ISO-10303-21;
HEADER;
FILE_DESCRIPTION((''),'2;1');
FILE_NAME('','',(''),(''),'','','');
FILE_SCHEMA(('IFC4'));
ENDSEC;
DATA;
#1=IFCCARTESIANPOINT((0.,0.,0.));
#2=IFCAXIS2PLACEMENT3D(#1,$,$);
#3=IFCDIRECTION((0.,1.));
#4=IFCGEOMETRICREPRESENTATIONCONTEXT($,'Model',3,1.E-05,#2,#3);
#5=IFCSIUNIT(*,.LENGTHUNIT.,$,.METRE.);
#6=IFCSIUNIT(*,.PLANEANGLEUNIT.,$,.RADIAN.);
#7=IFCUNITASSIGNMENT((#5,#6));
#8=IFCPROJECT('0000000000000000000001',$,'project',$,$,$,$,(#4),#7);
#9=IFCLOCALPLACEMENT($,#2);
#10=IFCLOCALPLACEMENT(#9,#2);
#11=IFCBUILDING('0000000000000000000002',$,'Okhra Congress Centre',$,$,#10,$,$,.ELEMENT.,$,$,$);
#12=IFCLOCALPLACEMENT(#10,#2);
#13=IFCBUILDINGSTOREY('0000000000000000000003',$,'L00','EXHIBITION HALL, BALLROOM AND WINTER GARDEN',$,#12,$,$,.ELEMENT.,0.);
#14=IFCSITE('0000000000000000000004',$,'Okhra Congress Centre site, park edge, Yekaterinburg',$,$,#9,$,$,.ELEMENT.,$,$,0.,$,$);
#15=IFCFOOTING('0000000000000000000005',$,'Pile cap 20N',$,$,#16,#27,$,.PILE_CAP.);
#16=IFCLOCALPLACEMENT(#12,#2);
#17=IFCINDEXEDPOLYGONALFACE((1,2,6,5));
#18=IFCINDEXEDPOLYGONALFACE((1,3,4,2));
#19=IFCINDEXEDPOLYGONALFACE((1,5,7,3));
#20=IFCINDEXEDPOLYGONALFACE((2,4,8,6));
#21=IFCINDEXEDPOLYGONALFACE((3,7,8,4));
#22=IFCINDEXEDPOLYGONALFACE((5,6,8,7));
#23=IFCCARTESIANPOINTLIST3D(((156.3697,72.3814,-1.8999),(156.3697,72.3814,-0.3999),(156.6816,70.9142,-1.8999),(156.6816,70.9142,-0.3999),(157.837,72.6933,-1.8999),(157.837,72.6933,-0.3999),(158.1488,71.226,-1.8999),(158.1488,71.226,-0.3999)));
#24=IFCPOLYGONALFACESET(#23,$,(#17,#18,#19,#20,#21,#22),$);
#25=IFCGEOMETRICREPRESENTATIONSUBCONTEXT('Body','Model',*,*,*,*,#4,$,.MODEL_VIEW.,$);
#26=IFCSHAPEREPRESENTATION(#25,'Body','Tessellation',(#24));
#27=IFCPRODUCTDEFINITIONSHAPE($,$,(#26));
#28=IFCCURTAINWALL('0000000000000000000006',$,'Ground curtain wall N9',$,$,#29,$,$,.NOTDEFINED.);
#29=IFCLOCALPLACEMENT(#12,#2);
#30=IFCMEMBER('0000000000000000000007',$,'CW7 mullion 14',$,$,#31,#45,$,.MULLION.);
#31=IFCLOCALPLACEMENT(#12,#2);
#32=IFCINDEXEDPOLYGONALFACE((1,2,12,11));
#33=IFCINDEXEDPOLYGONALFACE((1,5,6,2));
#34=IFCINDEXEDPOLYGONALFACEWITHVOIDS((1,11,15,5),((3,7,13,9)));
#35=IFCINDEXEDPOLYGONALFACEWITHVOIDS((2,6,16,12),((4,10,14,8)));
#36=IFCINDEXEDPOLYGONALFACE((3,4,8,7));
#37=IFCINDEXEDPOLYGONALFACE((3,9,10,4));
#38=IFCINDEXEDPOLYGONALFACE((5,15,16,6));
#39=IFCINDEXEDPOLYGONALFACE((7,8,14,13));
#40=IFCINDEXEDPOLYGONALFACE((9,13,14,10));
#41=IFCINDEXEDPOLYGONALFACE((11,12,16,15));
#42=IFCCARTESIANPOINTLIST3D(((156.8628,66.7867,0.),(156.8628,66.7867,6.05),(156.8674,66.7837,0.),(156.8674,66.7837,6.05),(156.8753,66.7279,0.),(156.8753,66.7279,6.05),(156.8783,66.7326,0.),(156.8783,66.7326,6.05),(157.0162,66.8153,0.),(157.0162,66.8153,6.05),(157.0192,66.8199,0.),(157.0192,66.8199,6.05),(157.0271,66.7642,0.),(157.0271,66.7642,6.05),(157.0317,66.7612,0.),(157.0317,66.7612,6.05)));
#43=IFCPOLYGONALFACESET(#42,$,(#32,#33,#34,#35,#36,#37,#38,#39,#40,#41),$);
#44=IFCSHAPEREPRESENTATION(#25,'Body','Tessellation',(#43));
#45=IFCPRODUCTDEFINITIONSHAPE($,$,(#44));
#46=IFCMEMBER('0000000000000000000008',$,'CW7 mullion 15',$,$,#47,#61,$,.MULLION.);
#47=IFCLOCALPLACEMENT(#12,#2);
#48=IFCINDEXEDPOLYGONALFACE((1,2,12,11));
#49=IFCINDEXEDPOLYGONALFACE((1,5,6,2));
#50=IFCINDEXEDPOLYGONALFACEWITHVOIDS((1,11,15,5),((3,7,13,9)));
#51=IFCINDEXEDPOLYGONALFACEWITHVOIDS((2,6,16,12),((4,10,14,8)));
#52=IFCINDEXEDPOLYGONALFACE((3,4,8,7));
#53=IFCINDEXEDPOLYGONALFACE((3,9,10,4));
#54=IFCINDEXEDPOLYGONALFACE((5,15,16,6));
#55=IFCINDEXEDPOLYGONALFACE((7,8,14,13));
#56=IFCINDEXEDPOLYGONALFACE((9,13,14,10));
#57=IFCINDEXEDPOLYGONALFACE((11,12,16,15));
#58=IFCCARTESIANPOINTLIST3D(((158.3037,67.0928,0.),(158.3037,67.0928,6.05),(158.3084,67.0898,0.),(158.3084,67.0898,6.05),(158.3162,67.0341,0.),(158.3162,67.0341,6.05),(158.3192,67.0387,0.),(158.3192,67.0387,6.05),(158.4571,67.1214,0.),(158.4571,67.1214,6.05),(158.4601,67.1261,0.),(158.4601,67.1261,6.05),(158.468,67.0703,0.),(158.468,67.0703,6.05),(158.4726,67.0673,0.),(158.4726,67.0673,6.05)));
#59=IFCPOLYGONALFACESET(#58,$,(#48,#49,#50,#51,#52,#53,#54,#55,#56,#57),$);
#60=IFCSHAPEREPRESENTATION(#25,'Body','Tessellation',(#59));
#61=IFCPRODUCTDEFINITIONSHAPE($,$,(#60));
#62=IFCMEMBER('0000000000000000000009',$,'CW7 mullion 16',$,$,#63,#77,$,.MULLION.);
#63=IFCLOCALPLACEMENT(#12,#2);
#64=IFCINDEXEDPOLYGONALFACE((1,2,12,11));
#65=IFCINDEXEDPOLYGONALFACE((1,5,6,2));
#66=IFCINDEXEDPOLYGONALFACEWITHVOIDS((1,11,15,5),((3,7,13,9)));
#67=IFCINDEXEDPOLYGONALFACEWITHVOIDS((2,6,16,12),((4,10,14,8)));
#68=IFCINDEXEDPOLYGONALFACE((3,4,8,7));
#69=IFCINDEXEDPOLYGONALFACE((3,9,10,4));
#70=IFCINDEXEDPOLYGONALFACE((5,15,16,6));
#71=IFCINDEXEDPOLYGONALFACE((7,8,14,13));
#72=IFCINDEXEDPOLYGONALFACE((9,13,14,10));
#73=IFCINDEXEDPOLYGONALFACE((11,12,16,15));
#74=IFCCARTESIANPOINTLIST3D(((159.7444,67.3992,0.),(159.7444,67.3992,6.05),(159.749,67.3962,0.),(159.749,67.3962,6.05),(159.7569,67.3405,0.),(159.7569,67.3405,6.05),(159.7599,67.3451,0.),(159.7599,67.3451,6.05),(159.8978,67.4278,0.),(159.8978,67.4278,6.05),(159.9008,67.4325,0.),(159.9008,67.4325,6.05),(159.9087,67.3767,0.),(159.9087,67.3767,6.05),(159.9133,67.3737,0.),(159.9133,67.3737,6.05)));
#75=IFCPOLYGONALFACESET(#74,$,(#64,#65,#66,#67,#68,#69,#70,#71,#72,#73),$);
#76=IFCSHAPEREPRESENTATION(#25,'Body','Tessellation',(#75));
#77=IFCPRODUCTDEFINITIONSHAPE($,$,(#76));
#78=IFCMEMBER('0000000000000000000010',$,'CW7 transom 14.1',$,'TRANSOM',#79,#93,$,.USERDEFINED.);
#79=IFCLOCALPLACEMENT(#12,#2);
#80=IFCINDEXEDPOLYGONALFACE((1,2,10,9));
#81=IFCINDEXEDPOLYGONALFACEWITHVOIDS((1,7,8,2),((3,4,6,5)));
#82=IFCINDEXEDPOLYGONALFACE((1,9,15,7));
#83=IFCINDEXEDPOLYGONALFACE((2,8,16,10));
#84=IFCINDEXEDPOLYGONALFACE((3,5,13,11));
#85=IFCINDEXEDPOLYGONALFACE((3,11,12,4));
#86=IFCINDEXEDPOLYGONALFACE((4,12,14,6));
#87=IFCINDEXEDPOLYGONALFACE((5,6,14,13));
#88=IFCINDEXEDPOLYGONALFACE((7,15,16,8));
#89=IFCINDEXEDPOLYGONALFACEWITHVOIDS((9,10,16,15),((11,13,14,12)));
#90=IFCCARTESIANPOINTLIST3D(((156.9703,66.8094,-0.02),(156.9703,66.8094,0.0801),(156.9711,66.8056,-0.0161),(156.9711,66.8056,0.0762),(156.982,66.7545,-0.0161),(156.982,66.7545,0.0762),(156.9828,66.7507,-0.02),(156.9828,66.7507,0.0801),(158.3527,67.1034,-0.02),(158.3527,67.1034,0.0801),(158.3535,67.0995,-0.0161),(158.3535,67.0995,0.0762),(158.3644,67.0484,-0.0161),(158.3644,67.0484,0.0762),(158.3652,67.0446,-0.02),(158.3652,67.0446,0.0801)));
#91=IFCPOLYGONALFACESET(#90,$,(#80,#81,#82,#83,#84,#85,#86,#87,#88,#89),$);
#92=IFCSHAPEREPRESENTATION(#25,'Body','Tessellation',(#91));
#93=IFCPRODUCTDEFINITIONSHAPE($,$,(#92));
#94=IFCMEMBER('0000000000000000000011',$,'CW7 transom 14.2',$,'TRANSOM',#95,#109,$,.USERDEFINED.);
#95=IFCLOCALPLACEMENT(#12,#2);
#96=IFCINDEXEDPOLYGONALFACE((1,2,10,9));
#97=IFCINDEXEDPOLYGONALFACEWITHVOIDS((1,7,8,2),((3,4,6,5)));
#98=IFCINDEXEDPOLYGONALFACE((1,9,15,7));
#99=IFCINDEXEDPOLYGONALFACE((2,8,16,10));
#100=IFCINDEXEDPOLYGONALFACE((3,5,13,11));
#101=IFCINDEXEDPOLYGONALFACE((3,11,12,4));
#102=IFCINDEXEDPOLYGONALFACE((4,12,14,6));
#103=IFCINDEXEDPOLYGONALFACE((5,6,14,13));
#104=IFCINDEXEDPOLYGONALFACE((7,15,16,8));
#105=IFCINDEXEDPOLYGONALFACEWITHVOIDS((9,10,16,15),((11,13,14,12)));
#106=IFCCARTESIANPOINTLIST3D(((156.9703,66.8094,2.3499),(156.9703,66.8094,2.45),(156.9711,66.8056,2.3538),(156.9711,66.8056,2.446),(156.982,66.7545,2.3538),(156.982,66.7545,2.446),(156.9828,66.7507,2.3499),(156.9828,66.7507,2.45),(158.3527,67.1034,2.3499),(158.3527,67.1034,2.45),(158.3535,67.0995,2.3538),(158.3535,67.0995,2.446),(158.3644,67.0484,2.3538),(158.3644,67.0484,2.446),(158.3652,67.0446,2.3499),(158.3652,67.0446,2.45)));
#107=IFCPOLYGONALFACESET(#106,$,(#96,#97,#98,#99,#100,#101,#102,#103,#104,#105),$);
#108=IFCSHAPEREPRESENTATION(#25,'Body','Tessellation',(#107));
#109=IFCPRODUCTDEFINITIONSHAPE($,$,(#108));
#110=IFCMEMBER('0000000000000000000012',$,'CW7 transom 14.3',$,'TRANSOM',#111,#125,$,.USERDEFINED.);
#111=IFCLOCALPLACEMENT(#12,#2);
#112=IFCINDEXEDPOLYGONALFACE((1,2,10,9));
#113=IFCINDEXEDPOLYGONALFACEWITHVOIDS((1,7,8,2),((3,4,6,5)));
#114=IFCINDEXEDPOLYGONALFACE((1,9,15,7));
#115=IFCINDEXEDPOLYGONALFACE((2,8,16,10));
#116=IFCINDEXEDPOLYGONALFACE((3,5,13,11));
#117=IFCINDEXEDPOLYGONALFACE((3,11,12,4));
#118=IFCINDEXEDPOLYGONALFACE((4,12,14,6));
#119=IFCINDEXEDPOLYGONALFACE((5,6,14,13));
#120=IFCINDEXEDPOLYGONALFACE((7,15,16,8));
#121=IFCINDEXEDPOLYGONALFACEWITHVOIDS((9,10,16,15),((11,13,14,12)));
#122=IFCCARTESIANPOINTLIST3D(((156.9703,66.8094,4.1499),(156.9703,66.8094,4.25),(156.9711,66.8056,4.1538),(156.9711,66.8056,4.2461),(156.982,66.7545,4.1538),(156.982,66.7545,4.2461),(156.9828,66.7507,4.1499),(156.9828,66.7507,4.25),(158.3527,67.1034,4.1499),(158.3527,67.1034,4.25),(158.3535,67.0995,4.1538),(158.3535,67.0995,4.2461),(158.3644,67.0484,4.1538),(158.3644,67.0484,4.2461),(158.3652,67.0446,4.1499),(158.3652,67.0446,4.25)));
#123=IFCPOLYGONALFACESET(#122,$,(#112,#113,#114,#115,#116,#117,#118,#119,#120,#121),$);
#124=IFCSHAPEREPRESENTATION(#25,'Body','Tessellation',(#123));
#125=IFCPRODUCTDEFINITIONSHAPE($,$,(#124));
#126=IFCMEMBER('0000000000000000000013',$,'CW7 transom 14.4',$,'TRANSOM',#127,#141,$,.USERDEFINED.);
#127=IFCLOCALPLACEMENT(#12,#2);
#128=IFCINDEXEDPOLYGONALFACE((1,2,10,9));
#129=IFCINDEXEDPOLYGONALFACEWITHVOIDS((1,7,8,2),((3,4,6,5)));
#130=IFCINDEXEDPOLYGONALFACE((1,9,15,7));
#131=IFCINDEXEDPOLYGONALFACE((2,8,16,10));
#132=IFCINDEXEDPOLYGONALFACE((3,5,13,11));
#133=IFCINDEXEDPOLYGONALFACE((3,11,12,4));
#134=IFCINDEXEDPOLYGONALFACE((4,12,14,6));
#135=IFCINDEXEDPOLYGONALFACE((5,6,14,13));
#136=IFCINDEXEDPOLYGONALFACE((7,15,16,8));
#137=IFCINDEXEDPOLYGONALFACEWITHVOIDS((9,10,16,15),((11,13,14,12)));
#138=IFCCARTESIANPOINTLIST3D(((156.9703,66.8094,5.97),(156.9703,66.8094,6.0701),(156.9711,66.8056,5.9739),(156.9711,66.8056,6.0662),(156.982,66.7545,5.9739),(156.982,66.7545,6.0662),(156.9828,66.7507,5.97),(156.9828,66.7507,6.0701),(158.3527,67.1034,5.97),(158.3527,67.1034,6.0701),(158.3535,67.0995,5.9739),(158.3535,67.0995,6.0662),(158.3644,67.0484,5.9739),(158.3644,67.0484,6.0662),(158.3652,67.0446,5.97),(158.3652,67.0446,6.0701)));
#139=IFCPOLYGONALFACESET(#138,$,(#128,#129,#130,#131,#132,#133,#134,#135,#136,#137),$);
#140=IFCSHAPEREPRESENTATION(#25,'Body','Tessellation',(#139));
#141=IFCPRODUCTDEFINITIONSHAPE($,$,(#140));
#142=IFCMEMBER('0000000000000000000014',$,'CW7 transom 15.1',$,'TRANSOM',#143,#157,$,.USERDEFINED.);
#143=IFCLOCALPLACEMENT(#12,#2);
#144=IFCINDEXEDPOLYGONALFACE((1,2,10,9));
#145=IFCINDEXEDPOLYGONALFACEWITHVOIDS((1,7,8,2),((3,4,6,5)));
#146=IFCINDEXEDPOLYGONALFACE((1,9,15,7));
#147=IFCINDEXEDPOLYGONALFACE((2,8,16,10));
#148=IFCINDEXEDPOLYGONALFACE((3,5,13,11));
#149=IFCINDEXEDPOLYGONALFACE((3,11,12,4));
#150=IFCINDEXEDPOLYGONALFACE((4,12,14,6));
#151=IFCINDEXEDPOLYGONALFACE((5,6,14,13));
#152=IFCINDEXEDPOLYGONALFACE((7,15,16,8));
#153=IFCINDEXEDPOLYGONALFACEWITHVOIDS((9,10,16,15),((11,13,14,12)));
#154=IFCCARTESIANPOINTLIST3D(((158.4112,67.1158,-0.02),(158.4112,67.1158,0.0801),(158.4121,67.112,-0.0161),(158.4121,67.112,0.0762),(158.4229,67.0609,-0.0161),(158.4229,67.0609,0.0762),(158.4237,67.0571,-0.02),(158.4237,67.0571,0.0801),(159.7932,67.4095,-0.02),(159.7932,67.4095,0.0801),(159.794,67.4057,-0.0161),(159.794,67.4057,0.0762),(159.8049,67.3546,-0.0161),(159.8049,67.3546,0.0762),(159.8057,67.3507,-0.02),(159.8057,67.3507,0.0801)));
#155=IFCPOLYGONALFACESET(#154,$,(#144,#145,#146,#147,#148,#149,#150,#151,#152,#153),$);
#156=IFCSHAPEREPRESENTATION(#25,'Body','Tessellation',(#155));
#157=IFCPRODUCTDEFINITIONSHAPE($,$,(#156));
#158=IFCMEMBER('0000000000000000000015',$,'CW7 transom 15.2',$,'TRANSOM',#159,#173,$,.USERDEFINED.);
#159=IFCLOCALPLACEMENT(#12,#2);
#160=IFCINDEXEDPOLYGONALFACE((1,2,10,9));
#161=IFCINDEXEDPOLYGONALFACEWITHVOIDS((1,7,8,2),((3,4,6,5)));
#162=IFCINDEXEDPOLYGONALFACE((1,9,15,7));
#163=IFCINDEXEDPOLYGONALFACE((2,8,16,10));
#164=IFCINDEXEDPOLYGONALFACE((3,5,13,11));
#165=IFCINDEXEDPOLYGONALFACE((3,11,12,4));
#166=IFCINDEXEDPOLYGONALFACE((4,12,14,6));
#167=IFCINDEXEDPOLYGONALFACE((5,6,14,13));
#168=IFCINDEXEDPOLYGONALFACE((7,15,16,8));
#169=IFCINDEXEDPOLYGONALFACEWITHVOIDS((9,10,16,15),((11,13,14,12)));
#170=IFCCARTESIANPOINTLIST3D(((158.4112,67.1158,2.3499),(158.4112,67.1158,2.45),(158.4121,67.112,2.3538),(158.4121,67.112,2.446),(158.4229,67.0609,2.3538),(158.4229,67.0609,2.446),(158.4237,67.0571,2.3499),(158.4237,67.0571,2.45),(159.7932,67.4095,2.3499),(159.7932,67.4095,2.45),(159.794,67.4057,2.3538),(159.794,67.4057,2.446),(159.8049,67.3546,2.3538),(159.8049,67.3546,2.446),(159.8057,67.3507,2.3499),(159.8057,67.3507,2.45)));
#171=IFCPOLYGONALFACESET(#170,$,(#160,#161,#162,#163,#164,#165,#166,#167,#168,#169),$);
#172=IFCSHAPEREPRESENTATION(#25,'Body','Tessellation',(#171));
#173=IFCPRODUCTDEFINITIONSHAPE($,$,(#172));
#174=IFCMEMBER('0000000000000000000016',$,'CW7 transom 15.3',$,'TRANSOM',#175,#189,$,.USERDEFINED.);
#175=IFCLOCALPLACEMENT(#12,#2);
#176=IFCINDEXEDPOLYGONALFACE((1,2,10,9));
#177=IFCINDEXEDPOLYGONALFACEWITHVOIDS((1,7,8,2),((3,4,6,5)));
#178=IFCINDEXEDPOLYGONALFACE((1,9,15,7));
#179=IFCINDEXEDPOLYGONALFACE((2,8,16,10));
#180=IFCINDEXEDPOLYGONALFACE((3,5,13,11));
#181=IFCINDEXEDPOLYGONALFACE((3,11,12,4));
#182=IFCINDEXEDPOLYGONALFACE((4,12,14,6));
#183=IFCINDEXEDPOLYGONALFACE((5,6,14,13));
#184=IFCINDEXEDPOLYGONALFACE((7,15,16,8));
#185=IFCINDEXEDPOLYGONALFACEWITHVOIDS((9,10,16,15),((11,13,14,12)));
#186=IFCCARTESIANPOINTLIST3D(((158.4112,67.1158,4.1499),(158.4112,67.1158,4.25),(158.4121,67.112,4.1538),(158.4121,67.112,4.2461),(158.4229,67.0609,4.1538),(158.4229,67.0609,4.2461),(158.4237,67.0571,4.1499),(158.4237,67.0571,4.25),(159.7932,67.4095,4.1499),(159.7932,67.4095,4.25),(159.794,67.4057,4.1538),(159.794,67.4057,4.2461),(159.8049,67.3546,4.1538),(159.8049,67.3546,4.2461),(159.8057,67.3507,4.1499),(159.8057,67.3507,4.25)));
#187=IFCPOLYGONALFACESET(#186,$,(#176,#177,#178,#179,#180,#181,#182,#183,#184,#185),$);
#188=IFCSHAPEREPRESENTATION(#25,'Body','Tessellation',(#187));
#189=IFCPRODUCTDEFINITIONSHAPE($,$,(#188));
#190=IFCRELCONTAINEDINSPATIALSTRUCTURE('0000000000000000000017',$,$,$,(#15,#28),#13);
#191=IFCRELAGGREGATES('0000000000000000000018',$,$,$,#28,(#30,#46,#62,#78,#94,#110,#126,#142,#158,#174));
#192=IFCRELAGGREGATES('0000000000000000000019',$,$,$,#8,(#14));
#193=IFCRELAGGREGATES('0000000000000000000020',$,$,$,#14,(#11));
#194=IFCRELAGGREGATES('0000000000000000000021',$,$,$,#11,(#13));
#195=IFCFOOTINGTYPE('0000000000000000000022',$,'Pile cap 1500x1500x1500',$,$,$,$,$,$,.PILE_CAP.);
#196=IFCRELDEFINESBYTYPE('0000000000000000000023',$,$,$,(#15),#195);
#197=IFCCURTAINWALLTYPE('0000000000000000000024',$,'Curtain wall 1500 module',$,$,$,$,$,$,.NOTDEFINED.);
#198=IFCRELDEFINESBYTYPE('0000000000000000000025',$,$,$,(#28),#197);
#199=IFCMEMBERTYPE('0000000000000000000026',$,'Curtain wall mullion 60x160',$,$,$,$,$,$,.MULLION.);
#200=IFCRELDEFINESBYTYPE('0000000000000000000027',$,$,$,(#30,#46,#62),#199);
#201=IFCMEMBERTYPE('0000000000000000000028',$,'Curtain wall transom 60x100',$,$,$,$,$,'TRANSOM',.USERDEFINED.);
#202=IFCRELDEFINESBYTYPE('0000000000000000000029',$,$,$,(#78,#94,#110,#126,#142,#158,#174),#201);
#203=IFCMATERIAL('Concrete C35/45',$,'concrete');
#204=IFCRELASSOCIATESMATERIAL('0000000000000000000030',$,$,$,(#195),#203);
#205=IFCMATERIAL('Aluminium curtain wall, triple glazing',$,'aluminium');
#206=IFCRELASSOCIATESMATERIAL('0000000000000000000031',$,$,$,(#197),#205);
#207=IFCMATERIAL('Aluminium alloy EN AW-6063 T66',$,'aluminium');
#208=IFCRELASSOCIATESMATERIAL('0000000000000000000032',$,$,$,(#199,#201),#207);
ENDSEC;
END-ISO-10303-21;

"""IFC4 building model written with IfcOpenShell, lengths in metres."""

from ifc_helpers import new_model, si_unit, direction, frame, origin, origin_2d, place, context, subcontext, project, spatial, rectangle, hollow_rectangle, extrude, material, material_profile, profile_set, type_object, element, aggregate, save


model = new_model("IFC4")

# Units and contexts
model_context = context("Model", 3, precision=1e-05, world=origin(), true_north=direction((0.0, 1.0)))
body_context = subcontext(model_context, "Body", "Model", "MODEL_VIEW")
ifc_project = project(units=[si_unit("LENGTHUNIT", "METRE"), si_unit("PLANEANGLEUNIT", "RADIAN")], contexts=[model_context])

# Site, building, storey
site_placement = place(None, origin())
site = spatial("IfcSite", under=ifc_project, at=site_placement, Name="Okhra Congress Centre site, park edge, Yekaterinburg", CompositionType="ELEMENT", RefElevation=0.0)
building_placement = place(site_placement, origin())
building = spatial("IfcBuilding", under=site, at=building_placement, Name="Okhra Congress Centre", CompositionType="ELEMENT")
storey_placement = place(building_placement, origin())
storey = spatial("IfcBuildingStorey", under=building, at=storey_placement, Name="L00", Description="EXHIBITION HALL, BALLROOM AND WINTER GARDEN", CompositionType="ELEMENT", Elevation=0.0)

# Footing
ifc_material_1 = material(Name="Concrete C35/45", Category="concrete")
footing_type = type_object("IfcFootingType", Name="Pile cap 1500x1500x1500", PredefinedType="PILE_CAP", material=ifc_material_1)
footing_placement = place(storey_placement, frame((157.2593, 71.8037, -1.8999), z_axis=(0.0, 0.0, 1.0), x_axis=(0.978148, 0.207912, 0.0)))
element("IfcFooting", 1, at=footing_placement, inside=storey, type_object=footing_type, Name="Pile cap 20N", PredefinedType="PILE_CAP", context=body_context, shape_type="SweptSolid", body=[
    extrude(rectangle(XDim=1.5, YDim=1.5, at=origin_2d()), origin(), (0.0, 0.0, 1.0), 1.5),
])

# Curtain wall, members
ifc_material_2 = material(Name="Aluminium curtain wall, triple glazing", Category="aluminium")
curtain_wall_type = type_object("IfcCurtainWallType", Name="Curtain wall 1500 module", PredefinedType="NOTDEFINED", material=ifc_material_2)
curtain_wall_placement = place(storey_placement, origin())
curtain_wall = element("IfcCurtainWall", 2, at=curtain_wall_placement, inside=storey, type_object=curtain_wall_type, Name="Ground curtain wall N9", PredefinedType="NOTDEFINED")
ifc_material_3 = material(Name="Aluminium alloy EN AW-6063 T66", Category="aluminium")
ifc_material_profile_1 = material_profile(ifc_material_3, hollow_rectangle(XDim=0.0601, YDim=0.1599, WallThickness=0.0039, at=origin_2d()), Name="RHS 60x160x4")
ifc_profile_set_1 = profile_set([ifc_material_profile_1], Name="Aluminium alloy EN AW-6063 T66")
member_type_1 = type_object("IfcMemberType", Name="Curtain wall mullion 60x160", PredefinedType="MULLION", material=ifc_profile_set_1)
member_1_placement = place(storey_placement, frame((156.9473, 66.7739, 0.0), z_axis=(0.0, 0.0, 1.0), x_axis=(-0.207912, 0.978148, 0.0)))
member_1 = element("IfcMember", 3, at=member_1_placement, type_object=member_type_1, Name="CW7 mullion 14", PredefinedType="MULLION", context=body_context, shape_type="SweptSolid", body=[
    extrude(hollow_rectangle(XDim=0.0601, YDim=0.1599, WallThickness=0.0039, at=origin_2d()), origin(), (0.0, 0.0, 1.0), 6.05),
])
member_2_placement = place(storey_placement, frame((158.3882, 67.0801, 0.0), z_axis=(0.0, 0.0, 1.0), x_axis=(-0.207912, 0.978148, 0.0)))
member_2 = element("IfcMember", 4, at=member_2_placement, type_object=member_type_1, Name="CW7 mullion 15", PredefinedType="MULLION", context=body_context, shape_type="SweptSolid", body=[
    extrude(hollow_rectangle(XDim=0.0601, YDim=0.1599, WallThickness=0.0039, at=origin_2d()), origin(), (0.0, 0.0, 1.0), 6.05),
])
member_3_placement = place(storey_placement, frame((159.8289, 67.3865, 0.0), z_axis=(0.0, 0.0, 1.0), x_axis=(-0.207912, 0.978148, 0.0)))
member_3 = element("IfcMember", 5, at=member_3_placement, type_object=member_type_1, Name="CW7 mullion 16", PredefinedType="MULLION", context=body_context, shape_type="SweptSolid", body=[
    extrude(hollow_rectangle(XDim=0.0601, YDim=0.1599, WallThickness=0.0039, at=origin_2d()), origin(), (0.0, 0.0, 1.0), 6.05),
])
ifc_material_profile_2 = material_profile(ifc_material_3, hollow_rectangle(XDim=0.0601, YDim=0.1001, WallThickness=0.0039, at=origin_2d()), Name="RHS 60x100x4")
ifc_profile_set_2 = profile_set([ifc_material_profile_2], Name="Aluminium alloy EN AW-6063 T66")
member_type_2 = type_object("IfcMemberType", Name="Curtain wall transom 60x100", ElementType="TRANSOM", PredefinedType="USERDEFINED", material=ifc_profile_set_2)
member_4_placement = place(storey_placement, frame((156.9766, 66.78, 0.03), z_axis=(0.97813, 0.207995, 0.0), x_axis=(-0.207995, 0.97813, 0.0)))
member_4 = element("IfcMember", 6, at=member_4_placement, type_object=member_type_2, Name="CW7 transom 14.1", ObjectType="TRANSOM", PredefinedType="USERDEFINED", context=body_context, shape_type="SweptSolid", body=[
    extrude(hollow_rectangle(XDim=0.0601, YDim=0.1001, WallThickness=0.0039, at=origin_2d()), origin(), (0.0, 0.0, 1.0), 1.4133),
])
member_5_placement = place(storey_placement, frame((156.9766, 66.78, 2.3999), z_axis=(0.97813, 0.207995, 0.0), x_axis=(-0.207995, 0.97813, 0.0)))
member_5 = element("IfcMember", 7, at=member_5_placement, type_object=member_type_2, Name="CW7 transom 14.2", ObjectType="TRANSOM", PredefinedType="USERDEFINED", context=body_context, shape_type="SweptSolid", body=[
    extrude(hollow_rectangle(XDim=0.0601, YDim=0.1001, WallThickness=0.0039, at=origin_2d()), origin(), (0.0, 0.0, 1.0), 1.4133),
])
member_6_placement = place(storey_placement, frame((156.9766, 66.78, 4.2), z_axis=(0.97813, 0.207995, 0.0), x_axis=(-0.207995, 0.97813, 0.0)))
member_6 = element("IfcMember", 8, at=member_6_placement, type_object=member_type_2, Name="CW7 transom 14.3", ObjectType="TRANSOM", PredefinedType="USERDEFINED", context=body_context, shape_type="SweptSolid", body=[
    extrude(hollow_rectangle(XDim=0.0601, YDim=0.1001, WallThickness=0.0039, at=origin_2d()), origin(), (0.0, 0.0, 1.0), 1.4133),
])
member_7_placement = place(storey_placement, frame((156.9766, 66.78, 6.02), z_axis=(0.97813, 0.207995, 0.0), x_axis=(-0.207995, 0.97813, 0.0)))
member_7 = element("IfcMember", 9, at=member_7_placement, type_object=member_type_2, Name="CW7 transom 14.4", ObjectType="TRANSOM", PredefinedType="USERDEFINED", context=body_context, shape_type="SweptSolid", body=[
    extrude(hollow_rectangle(XDim=0.0601, YDim=0.1001, WallThickness=0.0039, at=origin_2d()), origin(), (0.0, 0.0, 1.0), 1.4133),
])
member_8_placement = place(storey_placement, frame((158.4175, 67.0864, 0.03), z_axis=(0.978158, 0.207865, 0.0), x_axis=(-0.207865, 0.978158, 0.0)))
member_8 = element("IfcMember", 10, at=member_8_placement, type_object=member_type_2, Name="CW7 transom 15.1", ObjectType="TRANSOM", PredefinedType="USERDEFINED", context=body_context, shape_type="SweptSolid", body=[
    extrude(hollow_rectangle(XDim=0.0601, YDim=0.1001, WallThickness=0.0039, at=origin_2d()), origin(), (0.0, 0.0, 1.0), 1.4128),
])
member_9_placement = place(storey_placement, frame((158.4175, 67.0864, 2.3999), z_axis=(0.978158, 0.207865, 0.0), x_axis=(-0.207865, 0.978158, 0.0)))
member_9 = element("IfcMember", 11, at=member_9_placement, type_object=member_type_2, Name="CW7 transom 15.2", ObjectType="TRANSOM", PredefinedType="USERDEFINED", context=body_context, shape_type="SweptSolid", body=[
    extrude(hollow_rectangle(XDim=0.0601, YDim=0.1001, WallThickness=0.0039, at=origin_2d()), origin(), (0.0, 0.0, 1.0), 1.4128),
])
member_10_placement = place(storey_placement, frame((158.4175, 67.0864, 4.2), z_axis=(0.978158, 0.207865, 0.0), x_axis=(-0.207865, 0.978158, 0.0)))
member_10 = element("IfcMember", 12, at=member_10_placement, type_object=member_type_2, Name="CW7 transom 15.3", ObjectType="TRANSOM", PredefinedType="USERDEFINED", context=body_context, shape_type="SweptSolid", body=[
    extrude(hollow_rectangle(XDim=0.0601, YDim=0.1001, WallThickness=0.0039, at=origin_2d()), origin(), (0.0, 0.0, 1.0), 1.4128),
])
aggregate(curtain_wall, [member_1, member_2, member_3, member_4, member_5, member_6, member_7, member_8, member_9, member_10])

save(model, "model.ifc")
